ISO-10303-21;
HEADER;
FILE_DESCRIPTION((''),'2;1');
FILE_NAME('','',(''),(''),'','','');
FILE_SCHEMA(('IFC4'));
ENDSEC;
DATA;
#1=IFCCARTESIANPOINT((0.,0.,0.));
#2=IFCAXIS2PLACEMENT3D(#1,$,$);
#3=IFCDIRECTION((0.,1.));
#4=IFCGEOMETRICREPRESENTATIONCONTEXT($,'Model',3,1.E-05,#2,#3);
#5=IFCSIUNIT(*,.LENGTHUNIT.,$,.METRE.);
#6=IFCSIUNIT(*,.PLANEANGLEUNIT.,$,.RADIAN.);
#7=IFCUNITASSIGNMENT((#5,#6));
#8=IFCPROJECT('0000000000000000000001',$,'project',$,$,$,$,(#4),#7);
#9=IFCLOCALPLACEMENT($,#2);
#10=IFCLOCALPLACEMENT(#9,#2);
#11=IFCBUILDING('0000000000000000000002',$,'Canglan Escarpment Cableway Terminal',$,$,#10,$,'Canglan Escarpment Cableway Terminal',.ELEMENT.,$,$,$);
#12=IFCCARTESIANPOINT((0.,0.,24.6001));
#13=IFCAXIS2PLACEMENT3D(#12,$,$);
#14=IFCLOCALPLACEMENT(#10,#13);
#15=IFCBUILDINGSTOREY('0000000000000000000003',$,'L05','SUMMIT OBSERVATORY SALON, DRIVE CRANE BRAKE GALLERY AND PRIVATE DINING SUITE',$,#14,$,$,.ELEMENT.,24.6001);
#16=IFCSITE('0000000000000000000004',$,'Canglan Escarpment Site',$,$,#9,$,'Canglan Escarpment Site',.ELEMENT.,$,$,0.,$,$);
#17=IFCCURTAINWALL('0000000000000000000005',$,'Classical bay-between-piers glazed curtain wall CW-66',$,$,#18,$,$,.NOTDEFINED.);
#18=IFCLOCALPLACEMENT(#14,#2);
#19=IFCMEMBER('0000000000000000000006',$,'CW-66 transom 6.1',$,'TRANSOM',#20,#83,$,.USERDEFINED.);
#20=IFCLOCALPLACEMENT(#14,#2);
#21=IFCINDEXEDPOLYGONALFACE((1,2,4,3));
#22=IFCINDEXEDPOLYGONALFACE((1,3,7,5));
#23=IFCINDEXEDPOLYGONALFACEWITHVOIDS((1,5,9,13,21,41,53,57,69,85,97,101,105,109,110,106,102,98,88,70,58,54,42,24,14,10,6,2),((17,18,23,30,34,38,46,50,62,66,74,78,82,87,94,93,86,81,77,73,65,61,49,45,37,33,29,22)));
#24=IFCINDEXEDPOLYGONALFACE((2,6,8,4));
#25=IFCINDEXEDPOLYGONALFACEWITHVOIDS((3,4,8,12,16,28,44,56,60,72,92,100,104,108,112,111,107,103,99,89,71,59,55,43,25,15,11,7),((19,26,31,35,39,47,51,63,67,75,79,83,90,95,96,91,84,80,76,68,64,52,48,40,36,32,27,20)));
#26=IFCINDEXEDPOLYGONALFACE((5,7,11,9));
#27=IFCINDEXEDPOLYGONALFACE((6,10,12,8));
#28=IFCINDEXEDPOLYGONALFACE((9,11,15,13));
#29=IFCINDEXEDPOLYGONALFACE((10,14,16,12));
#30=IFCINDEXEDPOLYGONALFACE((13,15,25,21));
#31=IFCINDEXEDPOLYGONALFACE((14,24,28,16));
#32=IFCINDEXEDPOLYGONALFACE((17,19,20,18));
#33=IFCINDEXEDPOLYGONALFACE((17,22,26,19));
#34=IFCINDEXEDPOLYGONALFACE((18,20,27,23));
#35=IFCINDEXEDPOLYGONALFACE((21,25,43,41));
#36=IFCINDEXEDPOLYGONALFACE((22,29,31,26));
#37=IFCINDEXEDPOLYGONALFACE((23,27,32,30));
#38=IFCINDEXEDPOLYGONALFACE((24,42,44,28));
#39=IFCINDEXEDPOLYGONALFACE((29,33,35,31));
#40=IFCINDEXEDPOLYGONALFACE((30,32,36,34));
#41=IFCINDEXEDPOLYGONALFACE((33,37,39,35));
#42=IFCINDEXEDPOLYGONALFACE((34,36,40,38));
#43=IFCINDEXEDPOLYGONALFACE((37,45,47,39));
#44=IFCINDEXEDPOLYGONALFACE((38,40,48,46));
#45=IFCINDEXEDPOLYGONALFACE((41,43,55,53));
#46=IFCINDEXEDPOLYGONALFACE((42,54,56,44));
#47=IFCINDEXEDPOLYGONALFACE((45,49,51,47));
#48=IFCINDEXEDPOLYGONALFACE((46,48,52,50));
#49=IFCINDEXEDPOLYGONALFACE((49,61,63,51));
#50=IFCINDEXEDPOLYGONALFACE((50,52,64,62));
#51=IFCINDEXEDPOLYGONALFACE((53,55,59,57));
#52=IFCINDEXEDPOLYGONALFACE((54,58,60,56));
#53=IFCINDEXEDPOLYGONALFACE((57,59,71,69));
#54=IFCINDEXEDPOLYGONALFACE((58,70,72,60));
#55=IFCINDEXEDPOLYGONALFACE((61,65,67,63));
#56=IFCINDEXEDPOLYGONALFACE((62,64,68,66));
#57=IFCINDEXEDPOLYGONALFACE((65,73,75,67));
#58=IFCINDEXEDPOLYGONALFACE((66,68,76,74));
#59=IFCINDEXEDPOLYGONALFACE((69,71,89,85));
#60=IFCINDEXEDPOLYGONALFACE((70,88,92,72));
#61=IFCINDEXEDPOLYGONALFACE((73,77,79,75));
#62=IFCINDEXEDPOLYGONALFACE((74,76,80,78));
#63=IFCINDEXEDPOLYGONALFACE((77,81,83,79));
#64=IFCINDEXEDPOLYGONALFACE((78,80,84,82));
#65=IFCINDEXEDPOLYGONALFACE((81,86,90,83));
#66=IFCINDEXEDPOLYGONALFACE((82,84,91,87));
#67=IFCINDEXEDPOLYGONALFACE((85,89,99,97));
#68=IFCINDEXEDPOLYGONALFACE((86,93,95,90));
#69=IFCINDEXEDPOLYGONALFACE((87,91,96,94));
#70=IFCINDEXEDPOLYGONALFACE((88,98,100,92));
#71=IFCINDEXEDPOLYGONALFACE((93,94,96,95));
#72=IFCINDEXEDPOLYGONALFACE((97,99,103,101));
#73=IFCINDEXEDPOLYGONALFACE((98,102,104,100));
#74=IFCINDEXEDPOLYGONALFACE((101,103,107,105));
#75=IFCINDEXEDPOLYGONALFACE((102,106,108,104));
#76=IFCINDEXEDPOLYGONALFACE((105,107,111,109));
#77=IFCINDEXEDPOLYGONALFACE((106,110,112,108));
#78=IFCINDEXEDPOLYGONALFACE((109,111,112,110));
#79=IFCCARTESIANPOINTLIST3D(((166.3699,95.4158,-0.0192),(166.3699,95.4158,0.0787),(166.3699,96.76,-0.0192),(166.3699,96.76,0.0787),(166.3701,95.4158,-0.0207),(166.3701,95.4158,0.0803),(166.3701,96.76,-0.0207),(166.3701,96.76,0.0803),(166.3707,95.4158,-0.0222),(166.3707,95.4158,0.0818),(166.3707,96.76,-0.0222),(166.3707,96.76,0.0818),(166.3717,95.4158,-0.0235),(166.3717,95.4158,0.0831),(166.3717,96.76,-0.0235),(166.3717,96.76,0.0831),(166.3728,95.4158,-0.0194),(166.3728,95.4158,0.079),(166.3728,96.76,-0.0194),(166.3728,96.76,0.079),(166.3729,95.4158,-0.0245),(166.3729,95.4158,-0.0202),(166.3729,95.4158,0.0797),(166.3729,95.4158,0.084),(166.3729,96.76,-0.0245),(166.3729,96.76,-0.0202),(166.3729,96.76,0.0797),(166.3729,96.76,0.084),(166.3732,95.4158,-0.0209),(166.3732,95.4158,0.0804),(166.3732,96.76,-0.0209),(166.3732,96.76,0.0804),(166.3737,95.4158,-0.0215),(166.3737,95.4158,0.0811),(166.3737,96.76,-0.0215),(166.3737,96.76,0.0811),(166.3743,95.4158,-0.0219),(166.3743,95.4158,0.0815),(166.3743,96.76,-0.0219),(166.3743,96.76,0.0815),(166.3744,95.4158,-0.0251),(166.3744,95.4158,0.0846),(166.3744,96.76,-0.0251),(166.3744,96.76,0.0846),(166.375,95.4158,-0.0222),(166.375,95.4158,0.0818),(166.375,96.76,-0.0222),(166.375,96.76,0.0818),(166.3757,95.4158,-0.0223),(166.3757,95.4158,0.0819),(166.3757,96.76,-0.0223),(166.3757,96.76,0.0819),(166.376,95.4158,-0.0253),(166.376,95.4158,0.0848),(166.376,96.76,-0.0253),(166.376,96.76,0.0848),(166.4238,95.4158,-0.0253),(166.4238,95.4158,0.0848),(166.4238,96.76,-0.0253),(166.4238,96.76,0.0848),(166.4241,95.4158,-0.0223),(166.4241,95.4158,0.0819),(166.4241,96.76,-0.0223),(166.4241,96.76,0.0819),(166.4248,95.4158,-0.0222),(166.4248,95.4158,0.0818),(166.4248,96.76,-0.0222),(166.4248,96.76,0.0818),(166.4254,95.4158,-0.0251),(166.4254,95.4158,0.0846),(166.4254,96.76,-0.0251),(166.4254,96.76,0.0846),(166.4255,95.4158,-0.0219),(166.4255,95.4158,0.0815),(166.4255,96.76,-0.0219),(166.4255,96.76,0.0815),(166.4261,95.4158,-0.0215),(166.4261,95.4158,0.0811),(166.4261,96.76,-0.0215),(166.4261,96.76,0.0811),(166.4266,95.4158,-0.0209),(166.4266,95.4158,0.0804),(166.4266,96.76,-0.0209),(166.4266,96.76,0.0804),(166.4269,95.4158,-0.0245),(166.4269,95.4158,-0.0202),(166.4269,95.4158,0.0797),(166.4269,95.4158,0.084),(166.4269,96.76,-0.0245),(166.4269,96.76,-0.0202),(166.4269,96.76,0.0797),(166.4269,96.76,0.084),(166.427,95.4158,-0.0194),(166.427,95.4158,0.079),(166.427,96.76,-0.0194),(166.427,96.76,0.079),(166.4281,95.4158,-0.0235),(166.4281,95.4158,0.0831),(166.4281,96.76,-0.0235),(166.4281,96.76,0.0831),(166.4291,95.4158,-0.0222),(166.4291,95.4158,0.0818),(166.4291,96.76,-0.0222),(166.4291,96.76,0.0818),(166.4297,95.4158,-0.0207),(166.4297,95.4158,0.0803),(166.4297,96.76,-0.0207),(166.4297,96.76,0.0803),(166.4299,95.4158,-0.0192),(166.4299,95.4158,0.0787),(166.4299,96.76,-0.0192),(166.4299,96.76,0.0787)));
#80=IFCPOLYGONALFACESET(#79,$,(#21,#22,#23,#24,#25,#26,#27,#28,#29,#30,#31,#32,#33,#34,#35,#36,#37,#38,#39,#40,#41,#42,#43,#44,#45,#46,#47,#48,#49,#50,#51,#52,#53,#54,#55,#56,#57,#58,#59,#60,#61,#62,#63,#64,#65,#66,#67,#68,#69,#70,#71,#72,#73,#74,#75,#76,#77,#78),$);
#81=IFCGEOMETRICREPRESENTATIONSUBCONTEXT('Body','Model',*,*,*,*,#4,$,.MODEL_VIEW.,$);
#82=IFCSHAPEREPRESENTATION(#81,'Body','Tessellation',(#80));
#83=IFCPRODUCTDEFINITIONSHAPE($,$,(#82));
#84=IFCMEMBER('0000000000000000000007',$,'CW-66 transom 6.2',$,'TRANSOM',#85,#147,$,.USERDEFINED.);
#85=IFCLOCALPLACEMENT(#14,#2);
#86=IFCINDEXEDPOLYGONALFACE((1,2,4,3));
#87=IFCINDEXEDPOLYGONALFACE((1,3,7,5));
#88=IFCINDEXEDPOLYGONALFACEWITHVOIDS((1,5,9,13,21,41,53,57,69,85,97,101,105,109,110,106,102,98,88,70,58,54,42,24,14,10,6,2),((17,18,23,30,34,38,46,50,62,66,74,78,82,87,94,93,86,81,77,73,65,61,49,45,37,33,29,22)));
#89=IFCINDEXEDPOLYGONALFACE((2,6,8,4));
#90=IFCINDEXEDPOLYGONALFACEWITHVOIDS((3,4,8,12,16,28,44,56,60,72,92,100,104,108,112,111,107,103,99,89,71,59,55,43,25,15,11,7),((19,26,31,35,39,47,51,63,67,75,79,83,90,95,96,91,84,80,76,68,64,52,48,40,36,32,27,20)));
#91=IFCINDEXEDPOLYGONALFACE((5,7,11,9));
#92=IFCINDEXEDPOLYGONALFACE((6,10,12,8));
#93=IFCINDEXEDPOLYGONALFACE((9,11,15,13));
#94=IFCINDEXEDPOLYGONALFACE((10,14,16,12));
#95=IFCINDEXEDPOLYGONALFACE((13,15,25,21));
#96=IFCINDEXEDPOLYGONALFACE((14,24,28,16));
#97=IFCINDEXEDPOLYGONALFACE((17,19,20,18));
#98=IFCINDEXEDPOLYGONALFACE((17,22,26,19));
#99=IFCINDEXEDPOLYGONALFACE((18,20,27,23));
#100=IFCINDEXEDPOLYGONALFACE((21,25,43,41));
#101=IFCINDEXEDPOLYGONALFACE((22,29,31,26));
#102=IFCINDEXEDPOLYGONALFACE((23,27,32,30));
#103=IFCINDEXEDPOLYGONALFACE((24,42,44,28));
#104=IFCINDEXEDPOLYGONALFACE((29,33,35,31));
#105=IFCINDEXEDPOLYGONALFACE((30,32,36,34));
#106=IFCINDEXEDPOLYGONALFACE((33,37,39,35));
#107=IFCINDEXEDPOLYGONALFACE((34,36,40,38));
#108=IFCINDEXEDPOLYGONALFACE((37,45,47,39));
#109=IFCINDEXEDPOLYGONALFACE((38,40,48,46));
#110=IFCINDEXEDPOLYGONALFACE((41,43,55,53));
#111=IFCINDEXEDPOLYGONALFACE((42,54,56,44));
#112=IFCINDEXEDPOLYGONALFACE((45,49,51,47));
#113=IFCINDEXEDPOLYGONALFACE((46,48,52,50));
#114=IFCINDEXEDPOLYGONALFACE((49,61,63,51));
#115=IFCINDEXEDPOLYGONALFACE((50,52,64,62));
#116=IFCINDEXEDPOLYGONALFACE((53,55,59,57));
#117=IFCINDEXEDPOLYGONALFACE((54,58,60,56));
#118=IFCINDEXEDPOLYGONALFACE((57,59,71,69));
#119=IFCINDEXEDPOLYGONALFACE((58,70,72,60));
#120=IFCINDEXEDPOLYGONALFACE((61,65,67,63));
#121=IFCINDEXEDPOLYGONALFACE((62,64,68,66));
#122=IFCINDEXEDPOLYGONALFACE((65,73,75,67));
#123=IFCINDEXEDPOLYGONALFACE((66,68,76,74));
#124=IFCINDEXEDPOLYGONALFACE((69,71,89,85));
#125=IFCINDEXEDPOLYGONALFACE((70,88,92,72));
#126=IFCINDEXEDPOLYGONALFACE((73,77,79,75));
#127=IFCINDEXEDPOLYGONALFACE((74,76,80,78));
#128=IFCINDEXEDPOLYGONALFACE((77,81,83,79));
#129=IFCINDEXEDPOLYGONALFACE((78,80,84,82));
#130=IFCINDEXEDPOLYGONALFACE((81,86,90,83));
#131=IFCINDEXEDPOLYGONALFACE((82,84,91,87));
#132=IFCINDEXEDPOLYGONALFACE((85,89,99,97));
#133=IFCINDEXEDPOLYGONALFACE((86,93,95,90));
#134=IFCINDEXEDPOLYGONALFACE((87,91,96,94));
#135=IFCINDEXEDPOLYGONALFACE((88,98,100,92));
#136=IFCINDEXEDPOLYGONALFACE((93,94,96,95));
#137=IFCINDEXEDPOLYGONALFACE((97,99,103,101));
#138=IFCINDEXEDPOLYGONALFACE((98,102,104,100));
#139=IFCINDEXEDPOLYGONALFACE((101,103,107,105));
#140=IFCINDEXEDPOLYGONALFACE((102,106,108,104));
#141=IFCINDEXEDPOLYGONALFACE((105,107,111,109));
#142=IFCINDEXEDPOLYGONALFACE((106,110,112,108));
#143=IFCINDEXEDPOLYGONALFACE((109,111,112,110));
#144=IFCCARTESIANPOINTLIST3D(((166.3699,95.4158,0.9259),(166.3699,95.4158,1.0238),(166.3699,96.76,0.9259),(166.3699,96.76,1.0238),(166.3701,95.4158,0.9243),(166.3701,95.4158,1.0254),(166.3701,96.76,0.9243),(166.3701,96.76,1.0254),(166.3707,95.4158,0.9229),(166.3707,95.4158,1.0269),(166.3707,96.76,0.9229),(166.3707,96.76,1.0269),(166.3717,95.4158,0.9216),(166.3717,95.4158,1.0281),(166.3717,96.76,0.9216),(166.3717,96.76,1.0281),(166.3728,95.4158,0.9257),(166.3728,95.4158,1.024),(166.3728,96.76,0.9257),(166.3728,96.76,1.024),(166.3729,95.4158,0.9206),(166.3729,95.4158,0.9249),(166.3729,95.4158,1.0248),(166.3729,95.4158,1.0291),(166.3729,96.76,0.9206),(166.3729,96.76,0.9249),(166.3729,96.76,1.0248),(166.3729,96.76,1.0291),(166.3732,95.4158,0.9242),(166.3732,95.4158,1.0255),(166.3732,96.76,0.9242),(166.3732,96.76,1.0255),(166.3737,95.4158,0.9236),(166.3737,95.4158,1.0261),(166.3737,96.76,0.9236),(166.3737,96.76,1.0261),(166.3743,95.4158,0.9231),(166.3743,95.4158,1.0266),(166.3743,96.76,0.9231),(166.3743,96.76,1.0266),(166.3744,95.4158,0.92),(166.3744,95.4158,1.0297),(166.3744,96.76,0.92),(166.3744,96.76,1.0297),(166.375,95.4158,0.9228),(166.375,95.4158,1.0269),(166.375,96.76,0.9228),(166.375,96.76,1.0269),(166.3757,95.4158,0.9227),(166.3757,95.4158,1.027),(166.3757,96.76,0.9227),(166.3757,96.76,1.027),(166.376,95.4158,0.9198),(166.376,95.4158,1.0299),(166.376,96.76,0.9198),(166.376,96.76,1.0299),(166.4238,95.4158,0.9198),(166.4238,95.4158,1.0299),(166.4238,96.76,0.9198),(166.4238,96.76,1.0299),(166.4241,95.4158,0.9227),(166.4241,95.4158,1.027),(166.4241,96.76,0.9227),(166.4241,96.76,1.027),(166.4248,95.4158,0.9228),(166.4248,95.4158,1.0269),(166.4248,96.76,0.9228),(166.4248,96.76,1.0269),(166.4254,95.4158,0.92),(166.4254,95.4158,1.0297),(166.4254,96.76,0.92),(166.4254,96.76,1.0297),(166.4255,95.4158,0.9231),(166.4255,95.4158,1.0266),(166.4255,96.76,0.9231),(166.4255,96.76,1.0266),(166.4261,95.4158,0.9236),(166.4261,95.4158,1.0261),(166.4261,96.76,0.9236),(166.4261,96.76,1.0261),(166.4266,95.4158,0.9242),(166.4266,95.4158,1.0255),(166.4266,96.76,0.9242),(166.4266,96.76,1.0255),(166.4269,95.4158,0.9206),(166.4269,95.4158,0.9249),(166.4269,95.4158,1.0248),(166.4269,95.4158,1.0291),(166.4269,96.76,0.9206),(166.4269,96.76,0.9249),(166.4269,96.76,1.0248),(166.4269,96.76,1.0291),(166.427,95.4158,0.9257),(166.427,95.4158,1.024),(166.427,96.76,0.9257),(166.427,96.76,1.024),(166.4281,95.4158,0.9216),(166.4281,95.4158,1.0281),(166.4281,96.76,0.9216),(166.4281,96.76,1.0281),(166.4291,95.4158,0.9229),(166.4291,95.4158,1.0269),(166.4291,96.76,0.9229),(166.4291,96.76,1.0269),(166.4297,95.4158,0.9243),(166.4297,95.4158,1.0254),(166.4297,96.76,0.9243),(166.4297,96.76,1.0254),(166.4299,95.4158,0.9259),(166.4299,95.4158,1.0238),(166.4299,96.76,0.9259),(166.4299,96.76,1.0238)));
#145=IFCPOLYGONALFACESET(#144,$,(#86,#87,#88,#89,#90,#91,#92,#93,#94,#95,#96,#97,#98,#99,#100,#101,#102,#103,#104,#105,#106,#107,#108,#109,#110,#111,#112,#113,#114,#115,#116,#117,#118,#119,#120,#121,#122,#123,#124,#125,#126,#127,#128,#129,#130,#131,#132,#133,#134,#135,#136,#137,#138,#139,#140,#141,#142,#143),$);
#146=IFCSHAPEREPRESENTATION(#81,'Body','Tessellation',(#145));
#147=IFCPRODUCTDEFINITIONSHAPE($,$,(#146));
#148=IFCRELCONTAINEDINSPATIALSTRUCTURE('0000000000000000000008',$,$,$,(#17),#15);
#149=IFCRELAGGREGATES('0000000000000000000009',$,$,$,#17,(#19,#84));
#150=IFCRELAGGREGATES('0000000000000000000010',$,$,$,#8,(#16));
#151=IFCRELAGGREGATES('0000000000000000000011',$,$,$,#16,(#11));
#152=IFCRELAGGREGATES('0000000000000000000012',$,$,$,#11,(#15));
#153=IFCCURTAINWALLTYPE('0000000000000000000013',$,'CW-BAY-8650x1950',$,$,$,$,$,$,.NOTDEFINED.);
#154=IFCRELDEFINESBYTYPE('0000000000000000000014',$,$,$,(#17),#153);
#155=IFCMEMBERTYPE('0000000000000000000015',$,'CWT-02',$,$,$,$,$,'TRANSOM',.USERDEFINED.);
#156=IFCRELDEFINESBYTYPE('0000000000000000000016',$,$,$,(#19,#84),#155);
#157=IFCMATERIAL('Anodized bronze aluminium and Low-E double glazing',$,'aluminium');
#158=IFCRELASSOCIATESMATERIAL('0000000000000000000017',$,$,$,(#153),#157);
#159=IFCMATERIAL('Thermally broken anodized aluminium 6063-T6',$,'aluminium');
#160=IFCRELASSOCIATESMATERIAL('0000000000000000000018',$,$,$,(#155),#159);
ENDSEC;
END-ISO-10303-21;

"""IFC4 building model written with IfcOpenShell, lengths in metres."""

from ifc_helpers import new_model, si_unit, direction, frame, origin, origin_2d, place, context, subcontext, project, spatial, hollow_rectangle, extrude, material, material_profile, profile_set, type_object, element, aggregate, save


model = new_model("IFC4")

# Units and contexts
model_context = context("Model", 3, precision=1e-05, world=origin(), true_north=direction((0.0, 1.0)))
body_context = subcontext(model_context, "Body", "Model", "MODEL_VIEW")
ifc_project = project(units=[si_unit("LENGTHUNIT", "METRE"), si_unit("PLANEANGLEUNIT", "RADIAN")], contexts=[model_context])

# Site, building, storey
site_placement = place(None, origin())
site = spatial("IfcSite", under=ifc_project, at=site_placement, Name="Canglan Escarpment Site", LongName="Canglan Escarpment Site", CompositionType="ELEMENT", RefElevation=0.0)
building_placement = place(site_placement, origin())
building = spatial("IfcBuilding", under=site, at=building_placement, Name="Canglan Escarpment Cableway Terminal", LongName="Canglan Escarpment Cableway Terminal", CompositionType="ELEMENT")
storey_placement = place(building_placement, frame((0.0, 0.0, 24.6001)))
storey = spatial("IfcBuildingStorey", under=building, at=storey_placement, Name="L05", Description="SUMMIT OBSERVATORY SALON, DRIVE CRANE BRAKE GALLERY AND PRIVATE DINING SUITE", CompositionType="ELEMENT", Elevation=24.6001)

# Curtain wall
ifc_material_1 = material(Name="Anodized bronze aluminium and Low-E double glazing", Category="aluminium")
curtain_wall_type = type_object("IfcCurtainWallType", Name="CW-BAY-8650x1950", PredefinedType="NOTDEFINED", material=ifc_material_1)
curtain_wall_1_placement = place(storey_placement, origin())
curtain_wall_1 = element("IfcCurtainWall", 1, at=curtain_wall_1_placement, inside=storey, type_object=curtain_wall_type, Name="Classical bay-between-piers glazed curtain wall CW-66", PredefinedType="NOTDEFINED")
ifc_material_2 = material(Name="Thermally broken anodized aluminium 6063-T6", Category="aluminium")

# Members
ifc_material_profile_1 = material_profile(ifc_material_2, hollow_rectangle(XDim=0.0601, YDim=0.1101, WallThickness=0.0029, InnerFilletRadius=0.0029, OuterFilletRadius=0.0061, at=origin_2d()), Name="ALU-TRAN 60x110x3")
ifc_profile_set_1 = profile_set([ifc_material_profile_1], Name="Thermally broken anodized aluminium 6063-T6")
member_type_1 = type_object("IfcMemberType", Name="CWT-02", ElementType="TRANSOM", PredefinedType="USERDEFINED", material=ifc_profile_set_1)
member_1_placement = place(storey_placement, frame((166.3999, 95.4158, 0.0298), z_axis=(0.0, 1.0, 0.0), x_axis=(-1.0, 0.0, 0.0)))
member_1 = element("IfcMember", 2, at=member_1_placement, type_object=member_type_1, Name="CW-66 transom 6.1", ObjectType="TRANSOM", PredefinedType="USERDEFINED", context=body_context, shape_type="SweptSolid", body=[
    extrude(hollow_rectangle(XDim=0.0601, YDim=0.1101, WallThickness=0.0029, InnerFilletRadius=0.0029, OuterFilletRadius=0.0061, at=origin_2d()), origin(), (0.0, 0.0, 1.0), 1.3442),
])
member_2_placement = place(storey_placement, frame((166.3999, 95.4158, 0.9749), z_axis=(0.0, 1.0, 0.0), x_axis=(-1.0, 0.0, 0.0)))
member_2 = element("IfcMember", 3, at=member_2_placement, type_object=member_type_1, Name="CW-66 transom 6.2", ObjectType="TRANSOM", PredefinedType="USERDEFINED", context=body_context, shape_type="SweptSolid", body=[
    extrude(hollow_rectangle(XDim=0.0601, YDim=0.1101, WallThickness=0.0029, InnerFilletRadius=0.0029, OuterFilletRadius=0.0061, at=origin_2d()), origin(), (0.0, 0.0, 1.0), 1.3442),
])

aggregate(curtain_wall_1, [member_1, member_2])

save(model, "model.ifc")
